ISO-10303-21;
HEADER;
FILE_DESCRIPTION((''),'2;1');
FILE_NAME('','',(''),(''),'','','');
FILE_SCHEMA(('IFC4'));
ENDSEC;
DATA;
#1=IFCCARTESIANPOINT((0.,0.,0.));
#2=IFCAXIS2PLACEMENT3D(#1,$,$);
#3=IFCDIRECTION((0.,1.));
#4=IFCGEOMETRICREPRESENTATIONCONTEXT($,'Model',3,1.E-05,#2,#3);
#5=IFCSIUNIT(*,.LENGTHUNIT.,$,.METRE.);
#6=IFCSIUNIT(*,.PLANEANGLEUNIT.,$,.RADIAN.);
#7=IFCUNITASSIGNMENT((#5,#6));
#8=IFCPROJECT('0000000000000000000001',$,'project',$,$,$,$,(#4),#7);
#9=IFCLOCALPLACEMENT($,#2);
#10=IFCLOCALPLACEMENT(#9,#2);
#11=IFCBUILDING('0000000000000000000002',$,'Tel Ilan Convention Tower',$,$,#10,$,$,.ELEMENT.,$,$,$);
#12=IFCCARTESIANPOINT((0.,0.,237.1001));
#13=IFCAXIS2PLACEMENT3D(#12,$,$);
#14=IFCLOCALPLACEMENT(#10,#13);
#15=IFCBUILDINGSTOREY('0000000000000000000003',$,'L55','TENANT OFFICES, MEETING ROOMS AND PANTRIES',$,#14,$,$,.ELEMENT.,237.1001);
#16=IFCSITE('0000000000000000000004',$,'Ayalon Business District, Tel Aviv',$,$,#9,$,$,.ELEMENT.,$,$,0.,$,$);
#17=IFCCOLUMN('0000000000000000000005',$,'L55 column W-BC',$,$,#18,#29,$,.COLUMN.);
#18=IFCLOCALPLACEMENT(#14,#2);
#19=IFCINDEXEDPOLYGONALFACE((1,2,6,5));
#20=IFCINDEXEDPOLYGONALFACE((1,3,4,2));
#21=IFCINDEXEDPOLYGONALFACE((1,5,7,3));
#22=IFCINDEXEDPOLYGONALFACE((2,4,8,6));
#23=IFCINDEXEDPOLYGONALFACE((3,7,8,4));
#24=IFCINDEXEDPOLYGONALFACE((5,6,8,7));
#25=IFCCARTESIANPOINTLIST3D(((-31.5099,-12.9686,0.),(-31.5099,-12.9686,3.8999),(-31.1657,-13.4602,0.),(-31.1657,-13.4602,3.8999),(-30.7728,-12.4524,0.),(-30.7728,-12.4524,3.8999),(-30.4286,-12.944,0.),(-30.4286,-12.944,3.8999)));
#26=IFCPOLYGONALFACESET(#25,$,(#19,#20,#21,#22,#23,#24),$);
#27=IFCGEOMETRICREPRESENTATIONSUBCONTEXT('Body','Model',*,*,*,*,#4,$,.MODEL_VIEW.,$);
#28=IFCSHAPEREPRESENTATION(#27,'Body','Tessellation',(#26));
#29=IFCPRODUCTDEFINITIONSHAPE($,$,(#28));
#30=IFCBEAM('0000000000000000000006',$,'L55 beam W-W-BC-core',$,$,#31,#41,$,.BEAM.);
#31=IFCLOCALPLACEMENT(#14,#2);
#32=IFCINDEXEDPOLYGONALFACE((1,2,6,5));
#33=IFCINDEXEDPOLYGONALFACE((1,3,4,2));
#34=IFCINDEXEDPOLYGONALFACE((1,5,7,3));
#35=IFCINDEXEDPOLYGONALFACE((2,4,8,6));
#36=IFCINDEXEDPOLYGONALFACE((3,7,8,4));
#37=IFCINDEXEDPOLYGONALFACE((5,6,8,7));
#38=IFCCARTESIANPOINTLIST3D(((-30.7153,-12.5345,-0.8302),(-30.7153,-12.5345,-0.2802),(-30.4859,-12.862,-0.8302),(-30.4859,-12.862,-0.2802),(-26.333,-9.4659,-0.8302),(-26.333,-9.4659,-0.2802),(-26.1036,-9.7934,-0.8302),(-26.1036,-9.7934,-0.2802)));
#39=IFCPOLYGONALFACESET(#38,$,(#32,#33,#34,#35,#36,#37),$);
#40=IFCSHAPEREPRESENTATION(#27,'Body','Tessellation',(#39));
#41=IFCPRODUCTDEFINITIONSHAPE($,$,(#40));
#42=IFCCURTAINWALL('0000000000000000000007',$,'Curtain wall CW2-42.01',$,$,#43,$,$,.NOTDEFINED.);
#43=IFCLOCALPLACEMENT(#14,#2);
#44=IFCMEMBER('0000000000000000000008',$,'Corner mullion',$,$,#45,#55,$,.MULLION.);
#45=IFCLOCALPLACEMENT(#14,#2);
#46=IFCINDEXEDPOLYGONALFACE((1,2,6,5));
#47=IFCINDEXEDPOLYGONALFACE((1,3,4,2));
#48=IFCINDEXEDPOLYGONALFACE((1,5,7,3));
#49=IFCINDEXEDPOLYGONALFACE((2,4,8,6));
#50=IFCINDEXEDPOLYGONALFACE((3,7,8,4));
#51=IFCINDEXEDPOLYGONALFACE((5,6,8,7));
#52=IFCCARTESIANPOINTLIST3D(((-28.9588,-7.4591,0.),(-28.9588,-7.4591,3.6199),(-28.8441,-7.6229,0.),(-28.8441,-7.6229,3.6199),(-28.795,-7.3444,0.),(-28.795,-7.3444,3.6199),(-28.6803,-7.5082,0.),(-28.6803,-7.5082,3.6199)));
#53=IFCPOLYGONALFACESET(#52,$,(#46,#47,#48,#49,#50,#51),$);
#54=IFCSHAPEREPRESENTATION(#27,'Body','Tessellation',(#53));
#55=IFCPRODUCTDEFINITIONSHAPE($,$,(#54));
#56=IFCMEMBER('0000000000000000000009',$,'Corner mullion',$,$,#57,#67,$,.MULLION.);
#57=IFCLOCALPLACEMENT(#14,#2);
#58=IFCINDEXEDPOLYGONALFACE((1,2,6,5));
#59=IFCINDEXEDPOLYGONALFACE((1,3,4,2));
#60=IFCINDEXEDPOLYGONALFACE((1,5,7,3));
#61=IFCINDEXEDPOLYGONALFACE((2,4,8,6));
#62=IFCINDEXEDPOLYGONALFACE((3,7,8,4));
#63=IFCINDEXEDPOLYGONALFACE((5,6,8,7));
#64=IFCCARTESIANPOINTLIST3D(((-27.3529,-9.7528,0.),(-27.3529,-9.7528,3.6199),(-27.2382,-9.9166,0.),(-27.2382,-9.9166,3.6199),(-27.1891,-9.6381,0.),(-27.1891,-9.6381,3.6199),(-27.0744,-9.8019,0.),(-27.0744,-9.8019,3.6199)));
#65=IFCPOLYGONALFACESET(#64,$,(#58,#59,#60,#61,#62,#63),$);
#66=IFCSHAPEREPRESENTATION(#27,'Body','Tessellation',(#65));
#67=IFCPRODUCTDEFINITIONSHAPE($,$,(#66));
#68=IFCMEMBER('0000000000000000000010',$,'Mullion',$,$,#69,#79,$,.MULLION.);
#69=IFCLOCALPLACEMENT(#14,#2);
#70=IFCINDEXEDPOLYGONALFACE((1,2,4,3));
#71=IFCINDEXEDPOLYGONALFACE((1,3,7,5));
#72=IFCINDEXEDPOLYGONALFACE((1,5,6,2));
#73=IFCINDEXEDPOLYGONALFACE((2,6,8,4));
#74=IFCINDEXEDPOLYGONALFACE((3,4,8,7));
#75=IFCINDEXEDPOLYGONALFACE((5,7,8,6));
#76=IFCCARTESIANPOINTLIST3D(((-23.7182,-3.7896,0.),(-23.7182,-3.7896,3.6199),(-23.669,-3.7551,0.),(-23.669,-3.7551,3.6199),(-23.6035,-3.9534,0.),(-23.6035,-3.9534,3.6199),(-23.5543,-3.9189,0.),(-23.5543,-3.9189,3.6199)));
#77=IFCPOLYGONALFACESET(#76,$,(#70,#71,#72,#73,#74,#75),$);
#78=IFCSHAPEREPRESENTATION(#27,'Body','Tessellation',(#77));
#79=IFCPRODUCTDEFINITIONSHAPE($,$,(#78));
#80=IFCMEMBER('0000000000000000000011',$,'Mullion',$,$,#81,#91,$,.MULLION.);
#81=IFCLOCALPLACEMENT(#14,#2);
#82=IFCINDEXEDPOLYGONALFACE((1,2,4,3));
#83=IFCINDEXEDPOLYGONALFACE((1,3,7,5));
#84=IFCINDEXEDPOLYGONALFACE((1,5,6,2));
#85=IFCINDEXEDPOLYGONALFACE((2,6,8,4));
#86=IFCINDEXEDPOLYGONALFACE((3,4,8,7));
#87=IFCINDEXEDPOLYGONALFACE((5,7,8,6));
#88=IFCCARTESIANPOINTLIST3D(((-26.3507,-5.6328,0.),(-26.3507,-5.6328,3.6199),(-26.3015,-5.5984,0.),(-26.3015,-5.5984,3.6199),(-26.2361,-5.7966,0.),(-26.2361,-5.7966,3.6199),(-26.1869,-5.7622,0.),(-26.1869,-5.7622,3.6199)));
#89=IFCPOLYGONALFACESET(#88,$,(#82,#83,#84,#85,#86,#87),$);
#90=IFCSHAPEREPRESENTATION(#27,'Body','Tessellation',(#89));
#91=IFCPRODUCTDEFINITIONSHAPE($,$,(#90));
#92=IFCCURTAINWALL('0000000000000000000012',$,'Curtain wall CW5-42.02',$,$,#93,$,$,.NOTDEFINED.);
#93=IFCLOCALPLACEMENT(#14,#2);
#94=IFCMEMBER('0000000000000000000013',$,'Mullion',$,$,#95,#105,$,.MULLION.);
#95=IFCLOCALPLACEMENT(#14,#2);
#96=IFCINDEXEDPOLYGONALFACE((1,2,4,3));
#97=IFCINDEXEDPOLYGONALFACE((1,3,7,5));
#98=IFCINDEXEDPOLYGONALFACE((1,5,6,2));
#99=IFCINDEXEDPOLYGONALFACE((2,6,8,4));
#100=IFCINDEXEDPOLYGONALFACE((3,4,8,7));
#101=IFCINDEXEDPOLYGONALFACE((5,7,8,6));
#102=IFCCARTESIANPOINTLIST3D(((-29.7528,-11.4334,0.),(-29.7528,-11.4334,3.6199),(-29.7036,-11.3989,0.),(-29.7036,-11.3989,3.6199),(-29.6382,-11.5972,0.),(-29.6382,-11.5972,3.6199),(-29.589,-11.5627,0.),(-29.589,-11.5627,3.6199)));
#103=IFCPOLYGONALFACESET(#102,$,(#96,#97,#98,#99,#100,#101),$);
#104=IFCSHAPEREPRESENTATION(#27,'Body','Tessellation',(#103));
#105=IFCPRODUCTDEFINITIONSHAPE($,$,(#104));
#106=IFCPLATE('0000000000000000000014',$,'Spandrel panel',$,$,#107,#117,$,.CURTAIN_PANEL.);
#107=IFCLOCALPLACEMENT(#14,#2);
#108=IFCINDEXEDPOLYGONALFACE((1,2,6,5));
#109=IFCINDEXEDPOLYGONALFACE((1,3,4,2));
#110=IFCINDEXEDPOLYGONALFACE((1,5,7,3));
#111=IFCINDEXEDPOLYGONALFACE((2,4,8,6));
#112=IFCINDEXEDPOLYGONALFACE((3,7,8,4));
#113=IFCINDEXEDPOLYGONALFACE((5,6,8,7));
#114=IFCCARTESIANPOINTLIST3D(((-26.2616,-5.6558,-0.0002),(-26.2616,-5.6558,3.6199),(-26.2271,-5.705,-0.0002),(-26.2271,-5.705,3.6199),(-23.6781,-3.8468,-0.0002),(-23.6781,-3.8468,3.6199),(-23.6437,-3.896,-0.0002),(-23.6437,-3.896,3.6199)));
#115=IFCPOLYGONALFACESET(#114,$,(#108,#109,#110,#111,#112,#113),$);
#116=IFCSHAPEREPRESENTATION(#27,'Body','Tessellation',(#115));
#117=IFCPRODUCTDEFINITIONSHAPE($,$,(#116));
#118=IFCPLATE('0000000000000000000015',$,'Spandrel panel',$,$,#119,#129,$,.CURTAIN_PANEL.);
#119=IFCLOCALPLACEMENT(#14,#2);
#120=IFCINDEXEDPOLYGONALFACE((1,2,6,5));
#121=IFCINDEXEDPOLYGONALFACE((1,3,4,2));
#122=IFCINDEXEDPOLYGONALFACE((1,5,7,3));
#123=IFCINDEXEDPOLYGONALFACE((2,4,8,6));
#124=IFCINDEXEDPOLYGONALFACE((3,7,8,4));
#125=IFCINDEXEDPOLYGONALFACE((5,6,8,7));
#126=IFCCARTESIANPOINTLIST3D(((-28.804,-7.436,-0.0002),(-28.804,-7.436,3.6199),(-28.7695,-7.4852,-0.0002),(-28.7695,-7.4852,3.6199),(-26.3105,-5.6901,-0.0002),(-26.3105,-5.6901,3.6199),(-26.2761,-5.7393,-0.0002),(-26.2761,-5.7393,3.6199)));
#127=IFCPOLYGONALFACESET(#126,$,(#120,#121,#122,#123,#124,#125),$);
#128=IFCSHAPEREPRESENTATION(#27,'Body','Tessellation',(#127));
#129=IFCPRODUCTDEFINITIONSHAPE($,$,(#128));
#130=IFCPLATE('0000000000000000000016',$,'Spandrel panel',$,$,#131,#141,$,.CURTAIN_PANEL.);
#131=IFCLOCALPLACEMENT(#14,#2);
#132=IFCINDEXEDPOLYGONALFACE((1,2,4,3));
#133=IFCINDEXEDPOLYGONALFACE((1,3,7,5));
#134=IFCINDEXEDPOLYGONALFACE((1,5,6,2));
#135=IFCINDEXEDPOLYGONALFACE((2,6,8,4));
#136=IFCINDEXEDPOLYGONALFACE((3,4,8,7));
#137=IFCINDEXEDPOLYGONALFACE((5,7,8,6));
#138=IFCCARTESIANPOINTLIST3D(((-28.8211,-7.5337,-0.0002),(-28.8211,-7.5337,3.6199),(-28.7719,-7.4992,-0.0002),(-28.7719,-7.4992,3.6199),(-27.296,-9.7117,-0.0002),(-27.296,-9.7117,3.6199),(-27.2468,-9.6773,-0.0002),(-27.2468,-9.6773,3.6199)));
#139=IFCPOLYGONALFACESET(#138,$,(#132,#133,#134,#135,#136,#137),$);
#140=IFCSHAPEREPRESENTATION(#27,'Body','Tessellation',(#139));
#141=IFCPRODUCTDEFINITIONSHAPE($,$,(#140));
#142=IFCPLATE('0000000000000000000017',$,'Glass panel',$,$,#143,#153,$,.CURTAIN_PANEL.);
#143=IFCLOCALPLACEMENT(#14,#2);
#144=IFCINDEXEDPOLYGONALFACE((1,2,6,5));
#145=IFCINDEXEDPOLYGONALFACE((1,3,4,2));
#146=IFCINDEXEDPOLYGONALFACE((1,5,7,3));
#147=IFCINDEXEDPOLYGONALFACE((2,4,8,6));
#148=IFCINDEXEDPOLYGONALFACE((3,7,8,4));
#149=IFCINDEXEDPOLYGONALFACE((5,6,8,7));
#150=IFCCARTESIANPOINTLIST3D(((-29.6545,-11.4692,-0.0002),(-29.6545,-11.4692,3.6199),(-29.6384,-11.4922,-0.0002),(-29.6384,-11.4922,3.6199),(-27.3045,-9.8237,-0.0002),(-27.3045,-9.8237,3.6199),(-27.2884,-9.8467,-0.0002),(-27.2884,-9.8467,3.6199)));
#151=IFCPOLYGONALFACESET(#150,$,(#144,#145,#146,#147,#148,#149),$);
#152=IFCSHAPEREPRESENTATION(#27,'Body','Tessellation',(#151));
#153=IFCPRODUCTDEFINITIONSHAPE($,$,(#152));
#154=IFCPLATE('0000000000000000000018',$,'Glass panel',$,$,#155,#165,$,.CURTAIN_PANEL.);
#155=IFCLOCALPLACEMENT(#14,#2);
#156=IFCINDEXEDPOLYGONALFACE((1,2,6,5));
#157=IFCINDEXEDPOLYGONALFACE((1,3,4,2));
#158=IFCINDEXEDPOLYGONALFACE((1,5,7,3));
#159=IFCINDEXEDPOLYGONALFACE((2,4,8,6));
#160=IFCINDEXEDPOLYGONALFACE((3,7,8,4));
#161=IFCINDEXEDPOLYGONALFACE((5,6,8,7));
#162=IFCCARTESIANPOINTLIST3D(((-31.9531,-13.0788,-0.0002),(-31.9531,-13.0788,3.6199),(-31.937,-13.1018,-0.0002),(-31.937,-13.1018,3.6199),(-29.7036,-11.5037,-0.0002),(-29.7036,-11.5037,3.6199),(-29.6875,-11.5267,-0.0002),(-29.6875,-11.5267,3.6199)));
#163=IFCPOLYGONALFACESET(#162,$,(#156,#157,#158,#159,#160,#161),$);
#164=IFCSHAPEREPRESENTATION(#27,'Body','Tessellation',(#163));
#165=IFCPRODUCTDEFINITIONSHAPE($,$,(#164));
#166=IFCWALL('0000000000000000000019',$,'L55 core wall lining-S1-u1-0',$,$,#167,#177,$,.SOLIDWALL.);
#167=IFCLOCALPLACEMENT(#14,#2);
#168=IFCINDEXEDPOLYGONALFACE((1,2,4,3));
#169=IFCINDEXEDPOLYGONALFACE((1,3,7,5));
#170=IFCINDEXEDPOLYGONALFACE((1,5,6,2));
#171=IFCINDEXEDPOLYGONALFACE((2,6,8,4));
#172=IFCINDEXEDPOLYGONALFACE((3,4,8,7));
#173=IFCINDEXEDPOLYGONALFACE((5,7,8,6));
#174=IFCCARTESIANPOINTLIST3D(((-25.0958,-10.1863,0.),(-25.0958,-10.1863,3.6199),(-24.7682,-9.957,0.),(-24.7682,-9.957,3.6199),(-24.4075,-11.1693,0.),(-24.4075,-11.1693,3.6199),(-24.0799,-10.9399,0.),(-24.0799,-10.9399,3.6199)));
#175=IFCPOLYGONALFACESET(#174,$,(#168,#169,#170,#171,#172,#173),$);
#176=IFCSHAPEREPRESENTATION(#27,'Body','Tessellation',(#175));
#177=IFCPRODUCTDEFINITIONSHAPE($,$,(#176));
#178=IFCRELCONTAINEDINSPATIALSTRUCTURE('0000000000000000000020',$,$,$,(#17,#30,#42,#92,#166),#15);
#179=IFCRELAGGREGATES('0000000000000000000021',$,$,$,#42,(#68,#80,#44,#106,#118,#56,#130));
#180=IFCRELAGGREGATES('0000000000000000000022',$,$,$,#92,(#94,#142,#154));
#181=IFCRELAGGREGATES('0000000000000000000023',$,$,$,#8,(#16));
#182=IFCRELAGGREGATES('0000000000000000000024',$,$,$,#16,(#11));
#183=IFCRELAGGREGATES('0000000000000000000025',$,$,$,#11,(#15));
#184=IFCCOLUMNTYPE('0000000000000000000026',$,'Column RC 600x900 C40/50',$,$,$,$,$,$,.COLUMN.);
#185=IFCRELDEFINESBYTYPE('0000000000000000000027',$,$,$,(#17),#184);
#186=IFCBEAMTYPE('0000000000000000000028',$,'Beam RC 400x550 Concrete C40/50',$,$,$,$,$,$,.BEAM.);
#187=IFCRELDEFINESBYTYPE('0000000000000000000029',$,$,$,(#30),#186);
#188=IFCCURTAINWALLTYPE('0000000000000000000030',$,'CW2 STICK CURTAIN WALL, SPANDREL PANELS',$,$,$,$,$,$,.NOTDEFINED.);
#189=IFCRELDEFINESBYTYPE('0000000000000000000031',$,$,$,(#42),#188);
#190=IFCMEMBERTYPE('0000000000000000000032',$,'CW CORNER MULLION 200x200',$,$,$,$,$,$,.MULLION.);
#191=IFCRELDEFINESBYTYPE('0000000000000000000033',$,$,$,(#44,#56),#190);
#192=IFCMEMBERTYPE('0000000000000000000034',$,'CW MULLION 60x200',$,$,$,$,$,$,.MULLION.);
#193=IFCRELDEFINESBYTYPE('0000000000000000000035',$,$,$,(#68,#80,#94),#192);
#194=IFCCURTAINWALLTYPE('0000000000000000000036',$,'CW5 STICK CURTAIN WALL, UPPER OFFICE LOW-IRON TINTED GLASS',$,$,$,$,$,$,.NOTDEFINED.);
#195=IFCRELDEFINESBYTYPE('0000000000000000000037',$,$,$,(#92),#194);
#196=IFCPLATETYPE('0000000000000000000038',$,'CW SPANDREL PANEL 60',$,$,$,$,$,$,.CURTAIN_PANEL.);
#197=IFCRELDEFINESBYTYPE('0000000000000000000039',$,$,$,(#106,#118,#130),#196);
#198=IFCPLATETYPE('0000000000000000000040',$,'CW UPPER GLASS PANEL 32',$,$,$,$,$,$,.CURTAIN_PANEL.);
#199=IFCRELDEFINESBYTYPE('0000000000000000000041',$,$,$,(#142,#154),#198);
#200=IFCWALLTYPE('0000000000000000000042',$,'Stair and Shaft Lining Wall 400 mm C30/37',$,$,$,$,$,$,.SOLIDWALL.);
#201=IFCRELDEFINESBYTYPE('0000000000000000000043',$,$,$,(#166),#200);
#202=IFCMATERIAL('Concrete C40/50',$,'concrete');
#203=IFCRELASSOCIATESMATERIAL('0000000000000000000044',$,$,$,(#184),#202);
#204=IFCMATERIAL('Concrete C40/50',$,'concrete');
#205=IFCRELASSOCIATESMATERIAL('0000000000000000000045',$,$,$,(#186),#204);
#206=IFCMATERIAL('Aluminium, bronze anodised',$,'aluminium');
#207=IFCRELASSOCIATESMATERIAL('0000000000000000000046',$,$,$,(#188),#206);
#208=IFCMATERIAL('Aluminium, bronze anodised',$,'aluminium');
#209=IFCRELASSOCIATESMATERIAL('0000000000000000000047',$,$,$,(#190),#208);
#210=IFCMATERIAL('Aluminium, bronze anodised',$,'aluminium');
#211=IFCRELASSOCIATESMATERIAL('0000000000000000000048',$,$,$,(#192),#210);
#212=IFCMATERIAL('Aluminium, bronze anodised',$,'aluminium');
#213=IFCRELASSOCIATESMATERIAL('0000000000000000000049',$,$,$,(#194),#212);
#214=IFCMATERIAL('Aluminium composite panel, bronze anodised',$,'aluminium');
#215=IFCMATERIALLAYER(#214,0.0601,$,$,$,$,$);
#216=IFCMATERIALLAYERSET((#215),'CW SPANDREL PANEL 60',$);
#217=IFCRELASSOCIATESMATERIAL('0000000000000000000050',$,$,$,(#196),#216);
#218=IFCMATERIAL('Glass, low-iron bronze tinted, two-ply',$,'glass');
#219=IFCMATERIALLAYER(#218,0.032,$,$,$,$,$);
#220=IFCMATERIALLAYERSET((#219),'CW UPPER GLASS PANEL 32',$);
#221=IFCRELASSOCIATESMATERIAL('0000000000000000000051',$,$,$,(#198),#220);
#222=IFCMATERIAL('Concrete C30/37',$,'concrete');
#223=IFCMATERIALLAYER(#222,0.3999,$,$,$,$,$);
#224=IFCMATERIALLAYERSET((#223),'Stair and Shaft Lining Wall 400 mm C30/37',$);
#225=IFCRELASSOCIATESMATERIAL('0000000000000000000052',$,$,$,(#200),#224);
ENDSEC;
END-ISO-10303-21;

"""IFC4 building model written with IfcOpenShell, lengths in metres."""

from ifc_helpers import new_model, si_unit, direction, frame, frame_2d, origin, origin_2d, place, context, subcontext, project, spatial, rectangle, extrude, material, layer, layer_set, material_profile, profile_set, type_object, element, aggregate, save


model = new_model("IFC4")

# Units and contexts
model_context = context("Model", 3, precision=1e-05, world=origin(), true_north=direction((0.0, 1.0)))
body_context = subcontext(model_context, "Body", "Model", "MODEL_VIEW")
ifc_project = project(units=[si_unit("LENGTHUNIT", "METRE"), si_unit("PLANEANGLEUNIT", "RADIAN")], contexts=[model_context])

# Site, building, storey
site_placement = place(None, origin())
site = spatial("IfcSite", under=ifc_project, at=site_placement, Name="Ayalon Business District, Tel Aviv", CompositionType="ELEMENT", RefElevation=0.0)
building_placement = place(site_placement, origin())
building = spatial("IfcBuilding", under=site, at=building_placement, Name="Tel Ilan Convention Tower", CompositionType="ELEMENT")
storey_placement = place(building_placement, frame((0.0, 0.0, 237.1001)))
storey = spatial("IfcBuildingStorey", under=building, at=storey_placement, Name="L55", Description="TENANT OFFICES, MEETING ROOMS AND PANTRIES", CompositionType="ELEMENT", Elevation=237.1001)

# Column
ifc_material_1 = material(Name="Concrete C40/50", Category="concrete")
ifc_material_profile_1 = material_profile(ifc_material_1, rectangle(XDim=0.8999, YDim=0.6001, at=origin_2d()), Name="RC 600x900")
ifc_profile_set_1 = profile_set([ifc_material_profile_1], Name="Concrete C40/50")
column_type = type_object("IfcColumnType", Name="Column RC 600x900 C40/50", PredefinedType="COLUMN", material=ifc_profile_set_1)
column_placement = place(storey_placement, frame((-30.9692, -12.9563, 0.0), z_axis=(0.0, 0.0, 1.0), x_axis=(-0.819152, -0.573576, 0.0)))
element("IfcColumn", 1, at=column_placement, inside=storey, type_object=column_type, Name="L55 column W-BC", PredefinedType="COLUMN", context=body_context, shape_type="SweptSolid", body=[
    extrude(rectangle(XDim=0.8999, YDim=0.6001, at=origin_2d()), origin(), (0.0, 0.0, 1.0), 3.8999),
])

# Beam
ifc_material_2 = material(Name="Concrete C40/50", Category="concrete")
ifc_material_profile_2 = material_profile(ifc_material_2, rectangle(XDim=0.3999, YDim=0.55, at=origin_2d()), Name="RC 400x550")
ifc_profile_set_2 = profile_set([ifc_material_profile_2], Name="Concrete C40/50")
beam_type = type_object("IfcBeamType", Name="Beam RC 400x550 Concrete C40/50", PredefinedType="BEAM", material=ifc_profile_set_2)
beam_placement = place(storey_placement, frame((-30.6006, -12.6982, -0.5552), z_axis=(0.819146, 0.573585, 0.0), x_axis=(-0.573585, 0.819146, 0.0)))
element("IfcBeam", 2, at=beam_placement, inside=storey, type_object=beam_type, Name="L55 beam W-W-BC-core", PredefinedType="BEAM", context=body_context, shape_type="SweptSolid", body=[
    extrude(rectangle(XDim=0.3999, YDim=0.55, at=origin_2d()), origin(), (0.0, 0.0, 1.0), 5.3499),
])

# Curtain wall, members
ifc_material_3 = material(Name="Aluminium, bronze anodised", Category="aluminium")
curtain_wall_type_1 = type_object("IfcCurtainWallType", Name="CW2 STICK CURTAIN WALL, SPANDREL PANELS", PredefinedType="NOTDEFINED", material=ifc_material_3)
curtain_wall_1_placement = place(storey_placement, origin())
curtain_wall_1 = element("IfcCurtainWall", 3, at=curtain_wall_1_placement, inside=storey, type_object=curtain_wall_type_1, Name="Curtain wall CW2-42.01", PredefinedType="NOTDEFINED")
ifc_material_4 = material(Name="Aluminium, bronze anodised", Category="aluminium")
ifc_material_profile_3 = material_profile(ifc_material_4, rectangle(XDim=0.2, YDim=0.2, at=origin_2d()), Name="CW CORNER MULLION 200x200")
ifc_profile_set_3 = profile_set([ifc_material_profile_3], Name="Aluminium, bronze anodised")
member_type_1 = type_object("IfcMemberType", Name="CW CORNER MULLION 200x200", PredefinedType="MULLION", material=ifc_profile_set_3)
member_1_placement = place(storey_placement, frame((-28.8196, -7.4836, 0.0), z_axis=(0.0, 0.0, 1.0), x_axis=(-0.819152, -0.573576, 0.0)))
member_1 = element("IfcMember", 4, at=member_1_placement, type_object=member_type_1, Name="Corner mullion", PredefinedType="MULLION", context=body_context, shape_type="SweptSolid", body=[
    extrude(rectangle(XDim=0.2, YDim=0.2, at=origin_2d()), origin(), (0.0, 0.0, 1.0), 3.6199),
])
member_2_placement = place(storey_placement, frame((-27.2136, -9.7773, 0.0), z_axis=(0.0, 0.0, 1.0), x_axis=(0.573576, -0.819152, 0.0)))
member_2 = element("IfcMember", 5, at=member_2_placement, type_object=member_type_1, Name="Corner mullion", PredefinedType="MULLION", context=body_context, shape_type="SweptSolid", body=[
    extrude(rectangle(XDim=0.2, YDim=0.2, at=origin_2d()), origin(), (0.0, 0.0, 1.0), 3.6199),
])
ifc_material_5 = material(Name="Aluminium, bronze anodised", Category="aluminium")
ifc_material_profile_4 = material_profile(ifc_material_5, rectangle(XDim=0.0601, YDim=0.2, at=origin_2d()), Name="CW MULLION 60x200")
ifc_profile_set_4 = profile_set([ifc_material_profile_4], Name="Aluminium, bronze anodised")
member_type_2 = type_object("IfcMemberType", Name="CW MULLION 60x200", PredefinedType="MULLION", material=ifc_profile_set_4)
member_3_placement = place(storey_placement, frame((-23.6362, -3.8542, 0.0), z_axis=(0.0, 0.0, 1.0), x_axis=(-0.819152, -0.573576, 0.0)))
member_3 = element("IfcMember", 6, at=member_3_placement, type_object=member_type_2, Name="Mullion", PredefinedType="MULLION", context=body_context, shape_type="SweptSolid", body=[
    extrude(rectangle(XDim=0.0601, YDim=0.2, at=origin_2d()), origin(), (0.0, 0.0, 1.0), 3.6199),
])
member_4_placement = place(storey_placement, frame((-26.2688, -5.6975, 0.0), z_axis=(0.0, 0.0, 1.0), x_axis=(-0.819152, -0.573576, 0.0)))
member_4 = element("IfcMember", 7, at=member_4_placement, type_object=member_type_2, Name="Mullion", PredefinedType="MULLION", context=body_context, shape_type="SweptSolid", body=[
    extrude(rectangle(XDim=0.0601, YDim=0.2, at=origin_2d()), origin(), (0.0, 0.0, 1.0), 3.6199),
])

# Curtain wall, member
ifc_material_6 = material(Name="Aluminium, bronze anodised", Category="aluminium")
curtain_wall_type_2 = type_object("IfcCurtainWallType", Name="CW5 STICK CURTAIN WALL, UPPER OFFICE LOW-IRON TINTED GLASS", PredefinedType="NOTDEFINED", material=ifc_material_6)
curtain_wall_2_placement = place(storey_placement, origin())
curtain_wall_2 = element("IfcCurtainWall", 8, at=curtain_wall_2_placement, inside=storey, type_object=curtain_wall_type_2, Name="Curtain wall CW5-42.02", PredefinedType="NOTDEFINED")
member_5_placement = place(storey_placement, frame((-29.6709, -11.498, 0.0), z_axis=(0.0, 0.0, 1.0), x_axis=(-0.819152, -0.573576, 0.0)))
member_5 = element("IfcMember", 9, at=member_5_placement, type_object=member_type_2, Name="Mullion", PredefinedType="MULLION", context=body_context, shape_type="SweptSolid", body=[
    extrude(rectangle(XDim=0.0601, YDim=0.2, at=origin_2d()), origin(), (0.0, 0.0, 1.0), 3.6199),
])

# Plates
ifc_material_7 = material(Name="Aluminium composite panel, bronze anodised", Category="aluminium")
ifc_layer_1 = layer(ifc_material_7, 0.0601)
ifc_layer_set_1 = layer_set([ifc_layer_1], Name="CW SPANDREL PANEL 60")
plate_type_1 = type_object("IfcPlateType", Name="CW SPANDREL PANEL 60", PredefinedType="CURTAIN_PANEL", material=ifc_layer_set_1)
plate_1_placement = place(storey_placement, frame((-24.9526, -4.7759, -0.0002), z_axis=(0.0, 0.0, 1.0), x_axis=(-0.819152, -0.573576, 0.0)))
plate_1 = element("IfcPlate", 10, at=plate_1_placement, type_object=plate_type_1, Name="Spandrel panel", PredefinedType="CURTAIN_PANEL", context=body_context, shape_type="SweptSolid", body=[
    extrude(rectangle(XDim=3.1538, YDim=0.0601, at=origin_2d()), origin(), (0.0, 0.0, 1.0), 3.6201),
])
plate_2_placement = place(storey_placement, frame((-27.54, -6.5876, -0.0002), z_axis=(0.0, 0.0, 1.0), x_axis=(-0.819152, -0.573576, 0.0)))
plate_2 = element("IfcPlate", 11, at=plate_2_placement, type_object=plate_type_1, Name="Spandrel panel", PredefinedType="CURTAIN_PANEL", context=body_context, shape_type="SweptSolid", body=[
    extrude(rectangle(XDim=3.0439, YDim=0.0601, at=origin_2d()), origin(), (0.0, 0.0, 1.0), 3.6201),
])
plate_3_placement = place(storey_placement, frame((-28.0339, -8.6055, -0.0002), z_axis=(0.0, 0.0, 1.0), x_axis=(0.573576, -0.819152, 0.0)))
plate_3 = element("IfcPlate", 12, at=plate_3_placement, type_object=plate_type_1, Name="Spandrel panel", PredefinedType="CURTAIN_PANEL", context=body_context, shape_type="SweptSolid", body=[
    extrude(rectangle(XDim=2.6589, YDim=0.0601, at=origin_2d()), origin(), (0.0, 0.0, 1.0), 3.6201),
])
aggregate(curtain_wall_1, [member_3, member_4, member_1, plate_1, plate_2, member_2, plate_3])
ifc_material_8 = material(Name="Glass, low-iron bronze tinted, two-ply", Category="glass")
ifc_layer_2 = layer(ifc_material_8, 0.032)
ifc_layer_set_2 = layer_set([ifc_layer_2], Name="CW UPPER GLASS PANEL 32")
plate_type_2 = type_object("IfcPlateType", Name="CW UPPER GLASS PANEL 32", PredefinedType="CURTAIN_PANEL", material=ifc_layer_set_2)
plate_4_placement = place(storey_placement, frame((-28.4714, -10.658, -0.0002), z_axis=(0.0, 0.0, 1.0), x_axis=(-0.819152, -0.573576, 0.0)))
plate_4 = element("IfcPlate", 13, at=plate_4_placement, type_object=plate_type_2, Name="Glass panel", PredefinedType="CURTAIN_PANEL", context=body_context, shape_type="SweptSolid", body=[
    extrude(rectangle(XDim=2.8689, YDim=0.0281, at=origin_2d()), origin(), (0.0, 0.0, 1.0), 3.6201),
])
plate_5_placement = place(storey_placement, frame((-30.8203, -12.3027, -0.0002), z_axis=(0.0, 0.0, 1.0), x_axis=(-0.819152, -0.573576, 0.0)))
plate_5 = element("IfcPlate", 14, at=plate_5_placement, type_object=plate_type_2, Name="Glass panel", PredefinedType="CURTAIN_PANEL", context=body_context, shape_type="SweptSolid", body=[
    extrude(rectangle(XDim=2.7461, YDim=0.0281, at=origin_2d()), origin(), (0.0, 0.0, 1.0), 3.6201),
])
aggregate(curtain_wall_2, [member_5, plate_4, plate_5])

# Wall
ifc_material_9 = material(Name="Concrete C30/37", Category="concrete")
ifc_layer_3 = layer(ifc_material_9, 0.3999)
ifc_layer_set_3 = layer_set([ifc_layer_3], Name="Stair and Shaft Lining Wall 400 mm C30/37")
wall_type = type_object("IfcWallType", Name="Stair and Shaft Lining Wall 400 mm C30/37", PredefinedType="SOLIDWALL", material=ifc_layer_set_3)
wall_1_placement = place(storey_placement, frame((-24.2437, -11.0547, 0.0), z_axis=(0.0, 0.0, 1.0), x_axis=(-0.573572, 0.819155, 0.0)))
element("IfcWall", 15, at=wall_1_placement, inside=storey, type_object=wall_type, Name="L55 core wall lining-S1-u1-0", PredefinedType="SOLIDWALL", context=body_context, shape_type="SweptSolid", body=[
    extrude(rectangle(XDim=1.2, YDim=0.3999, at=frame_2d((0.6001, 0.0))), origin(), (0.0, 0.0, 1.0), 3.6199),
])

save(model, "model.ifc")
